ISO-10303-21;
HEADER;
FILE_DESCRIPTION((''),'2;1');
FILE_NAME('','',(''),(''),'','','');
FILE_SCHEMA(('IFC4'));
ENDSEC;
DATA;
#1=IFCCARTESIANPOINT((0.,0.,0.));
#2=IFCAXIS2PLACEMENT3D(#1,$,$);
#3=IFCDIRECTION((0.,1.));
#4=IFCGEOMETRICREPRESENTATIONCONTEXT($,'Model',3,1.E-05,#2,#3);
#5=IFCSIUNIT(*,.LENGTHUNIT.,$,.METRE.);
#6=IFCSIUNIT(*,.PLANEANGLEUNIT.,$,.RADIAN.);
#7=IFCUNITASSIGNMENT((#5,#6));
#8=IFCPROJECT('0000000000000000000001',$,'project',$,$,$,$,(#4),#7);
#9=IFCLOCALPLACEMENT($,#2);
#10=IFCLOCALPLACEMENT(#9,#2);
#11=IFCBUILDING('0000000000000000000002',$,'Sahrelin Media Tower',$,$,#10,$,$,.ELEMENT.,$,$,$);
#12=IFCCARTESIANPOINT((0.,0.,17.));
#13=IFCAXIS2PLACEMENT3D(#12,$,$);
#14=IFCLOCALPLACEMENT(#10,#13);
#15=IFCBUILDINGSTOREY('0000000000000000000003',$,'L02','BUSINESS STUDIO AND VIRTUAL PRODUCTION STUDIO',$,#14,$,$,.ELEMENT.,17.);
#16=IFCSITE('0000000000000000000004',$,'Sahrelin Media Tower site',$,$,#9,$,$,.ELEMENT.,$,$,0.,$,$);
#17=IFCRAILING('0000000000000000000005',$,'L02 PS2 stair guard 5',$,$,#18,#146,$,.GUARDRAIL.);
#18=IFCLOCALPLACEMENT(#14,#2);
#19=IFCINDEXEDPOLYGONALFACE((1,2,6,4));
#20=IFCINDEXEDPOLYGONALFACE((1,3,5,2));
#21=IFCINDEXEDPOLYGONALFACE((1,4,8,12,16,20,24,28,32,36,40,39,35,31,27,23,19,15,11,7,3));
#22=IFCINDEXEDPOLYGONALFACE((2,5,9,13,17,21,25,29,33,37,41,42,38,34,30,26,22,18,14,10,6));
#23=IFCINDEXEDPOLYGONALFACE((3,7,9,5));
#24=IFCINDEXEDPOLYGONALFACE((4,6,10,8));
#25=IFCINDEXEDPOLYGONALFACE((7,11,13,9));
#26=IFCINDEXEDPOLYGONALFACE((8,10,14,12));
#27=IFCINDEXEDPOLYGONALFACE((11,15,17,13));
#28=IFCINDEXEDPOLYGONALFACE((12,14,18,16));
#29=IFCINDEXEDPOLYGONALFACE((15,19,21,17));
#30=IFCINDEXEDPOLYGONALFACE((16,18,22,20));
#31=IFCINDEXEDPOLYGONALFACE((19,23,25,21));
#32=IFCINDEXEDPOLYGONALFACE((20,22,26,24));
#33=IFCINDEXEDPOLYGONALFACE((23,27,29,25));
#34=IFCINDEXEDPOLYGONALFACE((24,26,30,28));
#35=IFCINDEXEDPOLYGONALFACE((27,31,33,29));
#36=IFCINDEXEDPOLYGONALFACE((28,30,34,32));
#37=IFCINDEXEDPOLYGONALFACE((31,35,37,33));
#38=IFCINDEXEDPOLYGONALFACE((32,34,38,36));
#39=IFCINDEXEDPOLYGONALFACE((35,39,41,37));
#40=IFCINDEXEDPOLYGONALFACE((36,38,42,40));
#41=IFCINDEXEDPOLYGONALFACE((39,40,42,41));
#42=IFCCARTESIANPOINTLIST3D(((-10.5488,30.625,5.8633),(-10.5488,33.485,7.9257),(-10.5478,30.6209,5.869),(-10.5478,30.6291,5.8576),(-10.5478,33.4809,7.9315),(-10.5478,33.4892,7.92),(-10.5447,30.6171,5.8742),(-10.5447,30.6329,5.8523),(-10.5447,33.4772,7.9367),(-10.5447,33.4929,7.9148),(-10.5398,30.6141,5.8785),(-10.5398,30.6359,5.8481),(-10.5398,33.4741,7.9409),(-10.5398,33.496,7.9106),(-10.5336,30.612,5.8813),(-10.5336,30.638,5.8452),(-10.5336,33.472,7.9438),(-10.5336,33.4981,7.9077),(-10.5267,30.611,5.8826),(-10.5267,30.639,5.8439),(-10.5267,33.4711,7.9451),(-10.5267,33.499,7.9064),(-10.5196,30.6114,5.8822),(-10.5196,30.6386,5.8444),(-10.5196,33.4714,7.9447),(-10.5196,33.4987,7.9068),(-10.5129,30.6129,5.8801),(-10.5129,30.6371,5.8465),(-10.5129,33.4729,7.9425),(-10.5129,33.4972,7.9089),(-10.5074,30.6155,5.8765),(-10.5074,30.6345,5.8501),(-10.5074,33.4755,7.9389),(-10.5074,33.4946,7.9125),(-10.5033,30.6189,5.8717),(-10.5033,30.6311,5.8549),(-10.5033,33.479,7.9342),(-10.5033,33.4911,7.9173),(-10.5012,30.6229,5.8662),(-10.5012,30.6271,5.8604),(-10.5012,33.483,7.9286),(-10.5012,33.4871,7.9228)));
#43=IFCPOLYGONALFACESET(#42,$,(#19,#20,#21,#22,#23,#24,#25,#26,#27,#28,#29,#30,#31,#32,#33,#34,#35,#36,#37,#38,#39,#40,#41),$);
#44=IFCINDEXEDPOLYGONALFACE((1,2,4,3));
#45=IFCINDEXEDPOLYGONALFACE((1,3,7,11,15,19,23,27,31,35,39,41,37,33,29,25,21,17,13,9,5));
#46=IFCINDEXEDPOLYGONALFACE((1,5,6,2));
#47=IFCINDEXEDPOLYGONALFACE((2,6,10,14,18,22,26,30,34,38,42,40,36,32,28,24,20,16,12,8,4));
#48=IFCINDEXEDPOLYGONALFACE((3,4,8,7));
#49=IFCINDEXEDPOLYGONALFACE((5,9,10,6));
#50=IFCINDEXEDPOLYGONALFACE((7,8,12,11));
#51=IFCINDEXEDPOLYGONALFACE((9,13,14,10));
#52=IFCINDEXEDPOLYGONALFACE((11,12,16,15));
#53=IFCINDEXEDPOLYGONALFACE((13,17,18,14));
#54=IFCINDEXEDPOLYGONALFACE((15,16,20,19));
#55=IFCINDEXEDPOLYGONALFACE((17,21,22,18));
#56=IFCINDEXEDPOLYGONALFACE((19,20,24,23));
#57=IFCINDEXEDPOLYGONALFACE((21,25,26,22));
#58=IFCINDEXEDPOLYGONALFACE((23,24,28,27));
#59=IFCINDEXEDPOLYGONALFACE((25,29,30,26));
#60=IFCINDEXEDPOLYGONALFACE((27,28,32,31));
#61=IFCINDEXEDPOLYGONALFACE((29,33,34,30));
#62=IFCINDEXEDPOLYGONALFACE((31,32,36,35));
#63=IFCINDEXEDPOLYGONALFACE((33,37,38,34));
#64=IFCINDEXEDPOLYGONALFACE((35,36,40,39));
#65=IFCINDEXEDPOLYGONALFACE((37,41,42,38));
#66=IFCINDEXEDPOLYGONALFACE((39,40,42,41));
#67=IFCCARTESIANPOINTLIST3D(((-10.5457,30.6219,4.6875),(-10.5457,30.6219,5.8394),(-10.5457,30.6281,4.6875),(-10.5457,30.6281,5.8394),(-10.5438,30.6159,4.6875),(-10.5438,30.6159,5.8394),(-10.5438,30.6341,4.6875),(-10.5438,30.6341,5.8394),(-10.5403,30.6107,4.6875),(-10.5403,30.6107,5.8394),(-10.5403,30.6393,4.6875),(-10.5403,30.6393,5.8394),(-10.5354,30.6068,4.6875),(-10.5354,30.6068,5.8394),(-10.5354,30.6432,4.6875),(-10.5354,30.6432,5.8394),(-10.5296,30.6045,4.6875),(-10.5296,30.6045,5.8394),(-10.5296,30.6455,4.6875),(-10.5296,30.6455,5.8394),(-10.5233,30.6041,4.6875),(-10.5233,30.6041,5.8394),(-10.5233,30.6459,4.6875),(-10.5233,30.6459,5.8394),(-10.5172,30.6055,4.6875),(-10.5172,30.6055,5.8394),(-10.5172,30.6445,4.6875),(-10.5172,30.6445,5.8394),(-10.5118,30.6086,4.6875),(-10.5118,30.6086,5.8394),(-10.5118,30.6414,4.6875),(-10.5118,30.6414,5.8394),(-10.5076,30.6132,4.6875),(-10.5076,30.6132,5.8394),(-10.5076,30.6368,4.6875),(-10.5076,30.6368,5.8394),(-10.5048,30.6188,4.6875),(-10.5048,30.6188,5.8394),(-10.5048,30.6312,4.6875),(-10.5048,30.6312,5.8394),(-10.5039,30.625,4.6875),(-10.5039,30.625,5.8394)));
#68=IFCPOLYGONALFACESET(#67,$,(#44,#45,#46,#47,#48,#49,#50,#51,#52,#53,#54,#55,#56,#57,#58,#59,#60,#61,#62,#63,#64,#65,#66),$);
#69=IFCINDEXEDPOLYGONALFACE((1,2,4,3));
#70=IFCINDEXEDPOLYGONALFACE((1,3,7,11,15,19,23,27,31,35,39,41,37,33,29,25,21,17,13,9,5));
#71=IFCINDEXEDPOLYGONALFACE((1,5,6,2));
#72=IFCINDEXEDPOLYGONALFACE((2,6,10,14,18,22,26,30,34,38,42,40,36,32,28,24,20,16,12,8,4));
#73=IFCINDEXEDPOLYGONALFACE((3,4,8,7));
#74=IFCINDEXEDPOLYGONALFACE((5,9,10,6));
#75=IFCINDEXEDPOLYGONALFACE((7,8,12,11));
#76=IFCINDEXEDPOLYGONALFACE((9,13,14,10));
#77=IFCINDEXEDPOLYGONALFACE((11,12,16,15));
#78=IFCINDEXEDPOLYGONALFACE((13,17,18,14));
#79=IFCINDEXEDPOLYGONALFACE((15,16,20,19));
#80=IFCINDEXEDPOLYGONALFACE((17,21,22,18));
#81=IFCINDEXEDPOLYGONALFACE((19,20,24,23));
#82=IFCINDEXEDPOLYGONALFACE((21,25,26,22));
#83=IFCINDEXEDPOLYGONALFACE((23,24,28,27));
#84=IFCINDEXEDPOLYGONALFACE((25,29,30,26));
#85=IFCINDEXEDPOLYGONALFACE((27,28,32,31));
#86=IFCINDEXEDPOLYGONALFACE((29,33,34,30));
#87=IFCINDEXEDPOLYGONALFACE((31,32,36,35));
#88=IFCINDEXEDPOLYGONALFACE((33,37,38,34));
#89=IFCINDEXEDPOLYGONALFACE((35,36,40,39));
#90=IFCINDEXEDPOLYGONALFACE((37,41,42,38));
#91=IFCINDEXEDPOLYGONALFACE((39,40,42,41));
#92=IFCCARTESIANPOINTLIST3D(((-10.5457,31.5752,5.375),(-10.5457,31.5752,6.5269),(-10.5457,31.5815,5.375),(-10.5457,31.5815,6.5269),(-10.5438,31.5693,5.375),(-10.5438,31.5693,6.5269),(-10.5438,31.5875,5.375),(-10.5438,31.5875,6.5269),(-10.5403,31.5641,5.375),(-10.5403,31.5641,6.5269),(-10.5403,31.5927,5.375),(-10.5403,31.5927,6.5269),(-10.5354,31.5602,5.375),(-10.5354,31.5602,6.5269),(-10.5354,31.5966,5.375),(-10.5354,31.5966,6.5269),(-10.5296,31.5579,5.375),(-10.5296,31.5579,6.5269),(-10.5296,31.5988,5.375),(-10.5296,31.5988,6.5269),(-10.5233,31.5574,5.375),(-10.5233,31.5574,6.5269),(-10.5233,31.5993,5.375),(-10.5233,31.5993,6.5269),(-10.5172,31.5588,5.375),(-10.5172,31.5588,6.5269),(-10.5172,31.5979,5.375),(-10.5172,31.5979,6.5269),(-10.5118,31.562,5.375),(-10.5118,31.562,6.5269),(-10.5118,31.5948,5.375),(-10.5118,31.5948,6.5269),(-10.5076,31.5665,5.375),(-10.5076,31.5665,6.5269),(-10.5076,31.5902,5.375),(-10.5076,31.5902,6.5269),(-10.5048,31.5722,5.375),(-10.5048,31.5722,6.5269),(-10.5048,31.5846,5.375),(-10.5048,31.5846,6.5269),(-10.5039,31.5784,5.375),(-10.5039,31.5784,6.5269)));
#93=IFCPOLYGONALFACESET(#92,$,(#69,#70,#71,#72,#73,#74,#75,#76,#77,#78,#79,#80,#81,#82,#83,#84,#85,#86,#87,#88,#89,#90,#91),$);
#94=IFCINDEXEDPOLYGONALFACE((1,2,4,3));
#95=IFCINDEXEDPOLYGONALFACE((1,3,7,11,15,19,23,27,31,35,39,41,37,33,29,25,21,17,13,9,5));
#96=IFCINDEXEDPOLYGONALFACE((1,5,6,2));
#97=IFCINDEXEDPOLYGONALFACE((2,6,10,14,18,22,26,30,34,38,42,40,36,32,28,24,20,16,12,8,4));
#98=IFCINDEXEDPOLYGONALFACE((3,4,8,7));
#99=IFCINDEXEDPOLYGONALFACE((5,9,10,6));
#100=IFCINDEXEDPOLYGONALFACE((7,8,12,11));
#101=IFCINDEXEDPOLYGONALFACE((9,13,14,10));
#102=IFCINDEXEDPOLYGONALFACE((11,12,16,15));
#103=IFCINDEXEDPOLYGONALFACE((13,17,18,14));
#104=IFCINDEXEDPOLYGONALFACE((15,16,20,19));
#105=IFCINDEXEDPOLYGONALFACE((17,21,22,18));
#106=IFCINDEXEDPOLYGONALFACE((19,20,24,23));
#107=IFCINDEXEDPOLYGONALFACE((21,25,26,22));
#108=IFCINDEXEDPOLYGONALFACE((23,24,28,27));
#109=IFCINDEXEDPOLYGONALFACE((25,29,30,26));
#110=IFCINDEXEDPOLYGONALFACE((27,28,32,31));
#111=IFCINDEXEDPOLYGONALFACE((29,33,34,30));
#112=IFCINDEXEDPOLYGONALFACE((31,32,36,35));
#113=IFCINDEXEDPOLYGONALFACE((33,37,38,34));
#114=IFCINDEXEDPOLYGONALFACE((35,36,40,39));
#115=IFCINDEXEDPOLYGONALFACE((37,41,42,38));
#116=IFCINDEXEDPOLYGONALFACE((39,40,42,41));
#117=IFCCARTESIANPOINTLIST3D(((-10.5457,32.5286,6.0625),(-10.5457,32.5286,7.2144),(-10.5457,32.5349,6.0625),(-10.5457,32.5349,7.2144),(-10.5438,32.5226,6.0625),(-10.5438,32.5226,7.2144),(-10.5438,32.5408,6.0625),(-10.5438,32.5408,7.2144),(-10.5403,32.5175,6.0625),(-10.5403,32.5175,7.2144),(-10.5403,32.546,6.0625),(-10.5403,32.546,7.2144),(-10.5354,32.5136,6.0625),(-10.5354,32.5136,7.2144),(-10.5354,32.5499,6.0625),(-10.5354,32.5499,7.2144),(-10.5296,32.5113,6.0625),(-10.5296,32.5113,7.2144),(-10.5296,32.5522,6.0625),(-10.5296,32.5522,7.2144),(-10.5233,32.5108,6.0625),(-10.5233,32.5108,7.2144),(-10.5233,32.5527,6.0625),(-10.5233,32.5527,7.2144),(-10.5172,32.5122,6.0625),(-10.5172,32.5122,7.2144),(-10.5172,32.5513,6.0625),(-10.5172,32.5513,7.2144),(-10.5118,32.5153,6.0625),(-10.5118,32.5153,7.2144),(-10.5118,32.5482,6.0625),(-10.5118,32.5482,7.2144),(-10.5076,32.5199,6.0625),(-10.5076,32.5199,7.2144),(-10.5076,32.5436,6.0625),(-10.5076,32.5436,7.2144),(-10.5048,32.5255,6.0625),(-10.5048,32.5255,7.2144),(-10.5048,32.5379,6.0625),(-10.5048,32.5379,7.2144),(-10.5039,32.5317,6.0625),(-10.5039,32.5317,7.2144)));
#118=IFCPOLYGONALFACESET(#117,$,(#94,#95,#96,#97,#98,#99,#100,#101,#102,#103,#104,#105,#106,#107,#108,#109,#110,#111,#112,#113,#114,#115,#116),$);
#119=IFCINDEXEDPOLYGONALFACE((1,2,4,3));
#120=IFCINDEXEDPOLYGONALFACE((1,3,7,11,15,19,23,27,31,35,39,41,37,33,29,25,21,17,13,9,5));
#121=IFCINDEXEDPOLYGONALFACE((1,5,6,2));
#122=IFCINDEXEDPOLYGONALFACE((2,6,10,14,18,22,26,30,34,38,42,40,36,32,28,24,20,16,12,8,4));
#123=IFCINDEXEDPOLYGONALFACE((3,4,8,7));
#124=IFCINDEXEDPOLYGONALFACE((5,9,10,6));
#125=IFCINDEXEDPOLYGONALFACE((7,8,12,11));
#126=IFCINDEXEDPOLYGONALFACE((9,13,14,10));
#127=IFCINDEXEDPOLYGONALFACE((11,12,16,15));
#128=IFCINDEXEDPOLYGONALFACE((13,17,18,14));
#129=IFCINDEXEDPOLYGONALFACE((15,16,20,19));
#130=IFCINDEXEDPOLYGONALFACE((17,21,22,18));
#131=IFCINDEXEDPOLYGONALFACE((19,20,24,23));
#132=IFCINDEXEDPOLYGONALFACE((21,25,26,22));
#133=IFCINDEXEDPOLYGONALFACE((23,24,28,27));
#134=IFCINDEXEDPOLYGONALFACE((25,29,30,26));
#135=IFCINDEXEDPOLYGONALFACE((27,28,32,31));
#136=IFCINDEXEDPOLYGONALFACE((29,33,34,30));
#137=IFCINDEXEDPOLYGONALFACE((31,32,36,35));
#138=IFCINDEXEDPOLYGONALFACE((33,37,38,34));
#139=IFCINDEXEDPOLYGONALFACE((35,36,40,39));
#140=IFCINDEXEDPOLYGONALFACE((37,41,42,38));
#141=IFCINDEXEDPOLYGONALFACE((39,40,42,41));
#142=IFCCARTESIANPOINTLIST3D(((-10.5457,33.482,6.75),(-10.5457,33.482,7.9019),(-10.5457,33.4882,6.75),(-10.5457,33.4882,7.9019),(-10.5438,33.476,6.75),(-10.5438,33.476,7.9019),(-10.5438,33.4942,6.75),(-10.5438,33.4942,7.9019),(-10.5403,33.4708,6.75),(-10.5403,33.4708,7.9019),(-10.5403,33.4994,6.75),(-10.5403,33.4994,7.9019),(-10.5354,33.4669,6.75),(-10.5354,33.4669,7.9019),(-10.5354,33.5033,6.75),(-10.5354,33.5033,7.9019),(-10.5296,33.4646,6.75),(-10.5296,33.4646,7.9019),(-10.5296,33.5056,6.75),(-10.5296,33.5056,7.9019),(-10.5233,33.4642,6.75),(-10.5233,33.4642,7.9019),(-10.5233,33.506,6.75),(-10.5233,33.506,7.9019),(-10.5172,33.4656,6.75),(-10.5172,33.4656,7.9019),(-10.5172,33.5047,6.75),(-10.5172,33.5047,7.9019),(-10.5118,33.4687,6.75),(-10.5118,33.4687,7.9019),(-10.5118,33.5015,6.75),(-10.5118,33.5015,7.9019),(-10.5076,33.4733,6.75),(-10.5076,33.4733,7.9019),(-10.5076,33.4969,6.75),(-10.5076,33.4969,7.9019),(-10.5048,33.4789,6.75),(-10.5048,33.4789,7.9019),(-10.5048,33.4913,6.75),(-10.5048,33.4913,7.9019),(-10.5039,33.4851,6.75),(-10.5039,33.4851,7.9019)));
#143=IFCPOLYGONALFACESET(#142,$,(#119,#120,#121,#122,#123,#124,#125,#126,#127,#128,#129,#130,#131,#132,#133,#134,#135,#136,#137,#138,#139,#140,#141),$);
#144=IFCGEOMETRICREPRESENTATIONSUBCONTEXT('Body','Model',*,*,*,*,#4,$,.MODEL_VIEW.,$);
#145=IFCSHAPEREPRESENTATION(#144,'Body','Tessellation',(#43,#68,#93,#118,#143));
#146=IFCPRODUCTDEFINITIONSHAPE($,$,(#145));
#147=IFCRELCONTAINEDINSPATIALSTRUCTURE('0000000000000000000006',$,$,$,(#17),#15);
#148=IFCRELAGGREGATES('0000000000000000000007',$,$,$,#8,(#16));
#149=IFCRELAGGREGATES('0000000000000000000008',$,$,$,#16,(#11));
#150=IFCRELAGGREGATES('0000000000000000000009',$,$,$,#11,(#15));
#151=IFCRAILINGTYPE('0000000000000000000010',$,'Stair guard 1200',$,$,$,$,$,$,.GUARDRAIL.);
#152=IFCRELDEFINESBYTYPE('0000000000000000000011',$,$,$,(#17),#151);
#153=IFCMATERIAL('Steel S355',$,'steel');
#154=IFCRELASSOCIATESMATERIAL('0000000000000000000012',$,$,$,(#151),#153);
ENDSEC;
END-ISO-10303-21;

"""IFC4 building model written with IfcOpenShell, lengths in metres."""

from ifc_helpers import new_model, si_unit, direction, frame, origin, origin_2d, place, context, subcontext, project, spatial, circle, extrude, material, type_object, element, save


model = new_model("IFC4")

# Units and contexts
model_context = context("Model", 3, precision=1e-05, world=origin(), true_north=direction((0.0, 1.0)))
body_context = subcontext(model_context, "Body", "Model", "MODEL_VIEW")
ifc_project = project(units=[si_unit("LENGTHUNIT", "METRE"), si_unit("PLANEANGLEUNIT", "RADIAN")], contexts=[model_context])

# Site, building, storey
site_placement = place(None, origin())
site = spatial("IfcSite", under=ifc_project, at=site_placement, Name="Sahrelin Media Tower site", CompositionType="ELEMENT", RefElevation=0.0)
building_placement = place(site_placement, origin())
building = spatial("IfcBuilding", under=site, at=building_placement, Name="Sahrelin Media Tower", CompositionType="ELEMENT")
storey_placement = place(building_placement, frame((0.0, 0.0, 17.0)))
storey = spatial("IfcBuildingStorey", under=building, at=storey_placement, Name="L02", Description="BUSINESS STUDIO AND VIRTUAL PRODUCTION STUDIO", CompositionType="ELEMENT", Elevation=17.0)

# Shared definitions
ifc_material_1 = material(Name="Steel S355", Category="steel")

# Railing
railing_type_1 = type_object("IfcRailingType", Name="Stair guard 1200", PredefinedType="GUARDRAIL", material=ifc_material_1)
for number, where, name in (
    (1, (-10.5249, 30.625, 4.6875), "L02 PS2 stair guard 5"),
):
    element("IfcRailing", number, at=place(storey_placement, frame(where)), inside=storey, type_object=railing_type_1, Name=name, PredefinedType="GUARDRAIL", context=body_context, shape_type="SweptSolid", body=[
        extrude(circle(Radius=0.0239, at=origin_2d()), frame((0.0, 0.0, 1.1758), z_axis=(0.0, 0.811101, 0.584906), x_axis=(-1.0, 0.0, 0.0)), (0.0, 0.0, 1.0), 3.5261),
        extrude(circle(Radius=0.021, at=origin_2d()), origin(), (0.0, 0.0, 1.0), 1.1519),
        extrude(circle(Radius=0.021, at=origin_2d()), frame((0.0, 0.9534, 0.6875)), (0.0, 0.0, 1.0), 1.1519),
        extrude(circle(Radius=0.021, at=origin_2d()), frame((0.0, 1.9067, 1.375)), (0.0, 0.0, 1.0), 1.1519),
        extrude(circle(Radius=0.021, at=origin_2d()), frame((0.0, 2.8601, 2.0625)), (0.0, 0.0, 1.0), 1.1519),
    ])

save(model, "model.ifc")
